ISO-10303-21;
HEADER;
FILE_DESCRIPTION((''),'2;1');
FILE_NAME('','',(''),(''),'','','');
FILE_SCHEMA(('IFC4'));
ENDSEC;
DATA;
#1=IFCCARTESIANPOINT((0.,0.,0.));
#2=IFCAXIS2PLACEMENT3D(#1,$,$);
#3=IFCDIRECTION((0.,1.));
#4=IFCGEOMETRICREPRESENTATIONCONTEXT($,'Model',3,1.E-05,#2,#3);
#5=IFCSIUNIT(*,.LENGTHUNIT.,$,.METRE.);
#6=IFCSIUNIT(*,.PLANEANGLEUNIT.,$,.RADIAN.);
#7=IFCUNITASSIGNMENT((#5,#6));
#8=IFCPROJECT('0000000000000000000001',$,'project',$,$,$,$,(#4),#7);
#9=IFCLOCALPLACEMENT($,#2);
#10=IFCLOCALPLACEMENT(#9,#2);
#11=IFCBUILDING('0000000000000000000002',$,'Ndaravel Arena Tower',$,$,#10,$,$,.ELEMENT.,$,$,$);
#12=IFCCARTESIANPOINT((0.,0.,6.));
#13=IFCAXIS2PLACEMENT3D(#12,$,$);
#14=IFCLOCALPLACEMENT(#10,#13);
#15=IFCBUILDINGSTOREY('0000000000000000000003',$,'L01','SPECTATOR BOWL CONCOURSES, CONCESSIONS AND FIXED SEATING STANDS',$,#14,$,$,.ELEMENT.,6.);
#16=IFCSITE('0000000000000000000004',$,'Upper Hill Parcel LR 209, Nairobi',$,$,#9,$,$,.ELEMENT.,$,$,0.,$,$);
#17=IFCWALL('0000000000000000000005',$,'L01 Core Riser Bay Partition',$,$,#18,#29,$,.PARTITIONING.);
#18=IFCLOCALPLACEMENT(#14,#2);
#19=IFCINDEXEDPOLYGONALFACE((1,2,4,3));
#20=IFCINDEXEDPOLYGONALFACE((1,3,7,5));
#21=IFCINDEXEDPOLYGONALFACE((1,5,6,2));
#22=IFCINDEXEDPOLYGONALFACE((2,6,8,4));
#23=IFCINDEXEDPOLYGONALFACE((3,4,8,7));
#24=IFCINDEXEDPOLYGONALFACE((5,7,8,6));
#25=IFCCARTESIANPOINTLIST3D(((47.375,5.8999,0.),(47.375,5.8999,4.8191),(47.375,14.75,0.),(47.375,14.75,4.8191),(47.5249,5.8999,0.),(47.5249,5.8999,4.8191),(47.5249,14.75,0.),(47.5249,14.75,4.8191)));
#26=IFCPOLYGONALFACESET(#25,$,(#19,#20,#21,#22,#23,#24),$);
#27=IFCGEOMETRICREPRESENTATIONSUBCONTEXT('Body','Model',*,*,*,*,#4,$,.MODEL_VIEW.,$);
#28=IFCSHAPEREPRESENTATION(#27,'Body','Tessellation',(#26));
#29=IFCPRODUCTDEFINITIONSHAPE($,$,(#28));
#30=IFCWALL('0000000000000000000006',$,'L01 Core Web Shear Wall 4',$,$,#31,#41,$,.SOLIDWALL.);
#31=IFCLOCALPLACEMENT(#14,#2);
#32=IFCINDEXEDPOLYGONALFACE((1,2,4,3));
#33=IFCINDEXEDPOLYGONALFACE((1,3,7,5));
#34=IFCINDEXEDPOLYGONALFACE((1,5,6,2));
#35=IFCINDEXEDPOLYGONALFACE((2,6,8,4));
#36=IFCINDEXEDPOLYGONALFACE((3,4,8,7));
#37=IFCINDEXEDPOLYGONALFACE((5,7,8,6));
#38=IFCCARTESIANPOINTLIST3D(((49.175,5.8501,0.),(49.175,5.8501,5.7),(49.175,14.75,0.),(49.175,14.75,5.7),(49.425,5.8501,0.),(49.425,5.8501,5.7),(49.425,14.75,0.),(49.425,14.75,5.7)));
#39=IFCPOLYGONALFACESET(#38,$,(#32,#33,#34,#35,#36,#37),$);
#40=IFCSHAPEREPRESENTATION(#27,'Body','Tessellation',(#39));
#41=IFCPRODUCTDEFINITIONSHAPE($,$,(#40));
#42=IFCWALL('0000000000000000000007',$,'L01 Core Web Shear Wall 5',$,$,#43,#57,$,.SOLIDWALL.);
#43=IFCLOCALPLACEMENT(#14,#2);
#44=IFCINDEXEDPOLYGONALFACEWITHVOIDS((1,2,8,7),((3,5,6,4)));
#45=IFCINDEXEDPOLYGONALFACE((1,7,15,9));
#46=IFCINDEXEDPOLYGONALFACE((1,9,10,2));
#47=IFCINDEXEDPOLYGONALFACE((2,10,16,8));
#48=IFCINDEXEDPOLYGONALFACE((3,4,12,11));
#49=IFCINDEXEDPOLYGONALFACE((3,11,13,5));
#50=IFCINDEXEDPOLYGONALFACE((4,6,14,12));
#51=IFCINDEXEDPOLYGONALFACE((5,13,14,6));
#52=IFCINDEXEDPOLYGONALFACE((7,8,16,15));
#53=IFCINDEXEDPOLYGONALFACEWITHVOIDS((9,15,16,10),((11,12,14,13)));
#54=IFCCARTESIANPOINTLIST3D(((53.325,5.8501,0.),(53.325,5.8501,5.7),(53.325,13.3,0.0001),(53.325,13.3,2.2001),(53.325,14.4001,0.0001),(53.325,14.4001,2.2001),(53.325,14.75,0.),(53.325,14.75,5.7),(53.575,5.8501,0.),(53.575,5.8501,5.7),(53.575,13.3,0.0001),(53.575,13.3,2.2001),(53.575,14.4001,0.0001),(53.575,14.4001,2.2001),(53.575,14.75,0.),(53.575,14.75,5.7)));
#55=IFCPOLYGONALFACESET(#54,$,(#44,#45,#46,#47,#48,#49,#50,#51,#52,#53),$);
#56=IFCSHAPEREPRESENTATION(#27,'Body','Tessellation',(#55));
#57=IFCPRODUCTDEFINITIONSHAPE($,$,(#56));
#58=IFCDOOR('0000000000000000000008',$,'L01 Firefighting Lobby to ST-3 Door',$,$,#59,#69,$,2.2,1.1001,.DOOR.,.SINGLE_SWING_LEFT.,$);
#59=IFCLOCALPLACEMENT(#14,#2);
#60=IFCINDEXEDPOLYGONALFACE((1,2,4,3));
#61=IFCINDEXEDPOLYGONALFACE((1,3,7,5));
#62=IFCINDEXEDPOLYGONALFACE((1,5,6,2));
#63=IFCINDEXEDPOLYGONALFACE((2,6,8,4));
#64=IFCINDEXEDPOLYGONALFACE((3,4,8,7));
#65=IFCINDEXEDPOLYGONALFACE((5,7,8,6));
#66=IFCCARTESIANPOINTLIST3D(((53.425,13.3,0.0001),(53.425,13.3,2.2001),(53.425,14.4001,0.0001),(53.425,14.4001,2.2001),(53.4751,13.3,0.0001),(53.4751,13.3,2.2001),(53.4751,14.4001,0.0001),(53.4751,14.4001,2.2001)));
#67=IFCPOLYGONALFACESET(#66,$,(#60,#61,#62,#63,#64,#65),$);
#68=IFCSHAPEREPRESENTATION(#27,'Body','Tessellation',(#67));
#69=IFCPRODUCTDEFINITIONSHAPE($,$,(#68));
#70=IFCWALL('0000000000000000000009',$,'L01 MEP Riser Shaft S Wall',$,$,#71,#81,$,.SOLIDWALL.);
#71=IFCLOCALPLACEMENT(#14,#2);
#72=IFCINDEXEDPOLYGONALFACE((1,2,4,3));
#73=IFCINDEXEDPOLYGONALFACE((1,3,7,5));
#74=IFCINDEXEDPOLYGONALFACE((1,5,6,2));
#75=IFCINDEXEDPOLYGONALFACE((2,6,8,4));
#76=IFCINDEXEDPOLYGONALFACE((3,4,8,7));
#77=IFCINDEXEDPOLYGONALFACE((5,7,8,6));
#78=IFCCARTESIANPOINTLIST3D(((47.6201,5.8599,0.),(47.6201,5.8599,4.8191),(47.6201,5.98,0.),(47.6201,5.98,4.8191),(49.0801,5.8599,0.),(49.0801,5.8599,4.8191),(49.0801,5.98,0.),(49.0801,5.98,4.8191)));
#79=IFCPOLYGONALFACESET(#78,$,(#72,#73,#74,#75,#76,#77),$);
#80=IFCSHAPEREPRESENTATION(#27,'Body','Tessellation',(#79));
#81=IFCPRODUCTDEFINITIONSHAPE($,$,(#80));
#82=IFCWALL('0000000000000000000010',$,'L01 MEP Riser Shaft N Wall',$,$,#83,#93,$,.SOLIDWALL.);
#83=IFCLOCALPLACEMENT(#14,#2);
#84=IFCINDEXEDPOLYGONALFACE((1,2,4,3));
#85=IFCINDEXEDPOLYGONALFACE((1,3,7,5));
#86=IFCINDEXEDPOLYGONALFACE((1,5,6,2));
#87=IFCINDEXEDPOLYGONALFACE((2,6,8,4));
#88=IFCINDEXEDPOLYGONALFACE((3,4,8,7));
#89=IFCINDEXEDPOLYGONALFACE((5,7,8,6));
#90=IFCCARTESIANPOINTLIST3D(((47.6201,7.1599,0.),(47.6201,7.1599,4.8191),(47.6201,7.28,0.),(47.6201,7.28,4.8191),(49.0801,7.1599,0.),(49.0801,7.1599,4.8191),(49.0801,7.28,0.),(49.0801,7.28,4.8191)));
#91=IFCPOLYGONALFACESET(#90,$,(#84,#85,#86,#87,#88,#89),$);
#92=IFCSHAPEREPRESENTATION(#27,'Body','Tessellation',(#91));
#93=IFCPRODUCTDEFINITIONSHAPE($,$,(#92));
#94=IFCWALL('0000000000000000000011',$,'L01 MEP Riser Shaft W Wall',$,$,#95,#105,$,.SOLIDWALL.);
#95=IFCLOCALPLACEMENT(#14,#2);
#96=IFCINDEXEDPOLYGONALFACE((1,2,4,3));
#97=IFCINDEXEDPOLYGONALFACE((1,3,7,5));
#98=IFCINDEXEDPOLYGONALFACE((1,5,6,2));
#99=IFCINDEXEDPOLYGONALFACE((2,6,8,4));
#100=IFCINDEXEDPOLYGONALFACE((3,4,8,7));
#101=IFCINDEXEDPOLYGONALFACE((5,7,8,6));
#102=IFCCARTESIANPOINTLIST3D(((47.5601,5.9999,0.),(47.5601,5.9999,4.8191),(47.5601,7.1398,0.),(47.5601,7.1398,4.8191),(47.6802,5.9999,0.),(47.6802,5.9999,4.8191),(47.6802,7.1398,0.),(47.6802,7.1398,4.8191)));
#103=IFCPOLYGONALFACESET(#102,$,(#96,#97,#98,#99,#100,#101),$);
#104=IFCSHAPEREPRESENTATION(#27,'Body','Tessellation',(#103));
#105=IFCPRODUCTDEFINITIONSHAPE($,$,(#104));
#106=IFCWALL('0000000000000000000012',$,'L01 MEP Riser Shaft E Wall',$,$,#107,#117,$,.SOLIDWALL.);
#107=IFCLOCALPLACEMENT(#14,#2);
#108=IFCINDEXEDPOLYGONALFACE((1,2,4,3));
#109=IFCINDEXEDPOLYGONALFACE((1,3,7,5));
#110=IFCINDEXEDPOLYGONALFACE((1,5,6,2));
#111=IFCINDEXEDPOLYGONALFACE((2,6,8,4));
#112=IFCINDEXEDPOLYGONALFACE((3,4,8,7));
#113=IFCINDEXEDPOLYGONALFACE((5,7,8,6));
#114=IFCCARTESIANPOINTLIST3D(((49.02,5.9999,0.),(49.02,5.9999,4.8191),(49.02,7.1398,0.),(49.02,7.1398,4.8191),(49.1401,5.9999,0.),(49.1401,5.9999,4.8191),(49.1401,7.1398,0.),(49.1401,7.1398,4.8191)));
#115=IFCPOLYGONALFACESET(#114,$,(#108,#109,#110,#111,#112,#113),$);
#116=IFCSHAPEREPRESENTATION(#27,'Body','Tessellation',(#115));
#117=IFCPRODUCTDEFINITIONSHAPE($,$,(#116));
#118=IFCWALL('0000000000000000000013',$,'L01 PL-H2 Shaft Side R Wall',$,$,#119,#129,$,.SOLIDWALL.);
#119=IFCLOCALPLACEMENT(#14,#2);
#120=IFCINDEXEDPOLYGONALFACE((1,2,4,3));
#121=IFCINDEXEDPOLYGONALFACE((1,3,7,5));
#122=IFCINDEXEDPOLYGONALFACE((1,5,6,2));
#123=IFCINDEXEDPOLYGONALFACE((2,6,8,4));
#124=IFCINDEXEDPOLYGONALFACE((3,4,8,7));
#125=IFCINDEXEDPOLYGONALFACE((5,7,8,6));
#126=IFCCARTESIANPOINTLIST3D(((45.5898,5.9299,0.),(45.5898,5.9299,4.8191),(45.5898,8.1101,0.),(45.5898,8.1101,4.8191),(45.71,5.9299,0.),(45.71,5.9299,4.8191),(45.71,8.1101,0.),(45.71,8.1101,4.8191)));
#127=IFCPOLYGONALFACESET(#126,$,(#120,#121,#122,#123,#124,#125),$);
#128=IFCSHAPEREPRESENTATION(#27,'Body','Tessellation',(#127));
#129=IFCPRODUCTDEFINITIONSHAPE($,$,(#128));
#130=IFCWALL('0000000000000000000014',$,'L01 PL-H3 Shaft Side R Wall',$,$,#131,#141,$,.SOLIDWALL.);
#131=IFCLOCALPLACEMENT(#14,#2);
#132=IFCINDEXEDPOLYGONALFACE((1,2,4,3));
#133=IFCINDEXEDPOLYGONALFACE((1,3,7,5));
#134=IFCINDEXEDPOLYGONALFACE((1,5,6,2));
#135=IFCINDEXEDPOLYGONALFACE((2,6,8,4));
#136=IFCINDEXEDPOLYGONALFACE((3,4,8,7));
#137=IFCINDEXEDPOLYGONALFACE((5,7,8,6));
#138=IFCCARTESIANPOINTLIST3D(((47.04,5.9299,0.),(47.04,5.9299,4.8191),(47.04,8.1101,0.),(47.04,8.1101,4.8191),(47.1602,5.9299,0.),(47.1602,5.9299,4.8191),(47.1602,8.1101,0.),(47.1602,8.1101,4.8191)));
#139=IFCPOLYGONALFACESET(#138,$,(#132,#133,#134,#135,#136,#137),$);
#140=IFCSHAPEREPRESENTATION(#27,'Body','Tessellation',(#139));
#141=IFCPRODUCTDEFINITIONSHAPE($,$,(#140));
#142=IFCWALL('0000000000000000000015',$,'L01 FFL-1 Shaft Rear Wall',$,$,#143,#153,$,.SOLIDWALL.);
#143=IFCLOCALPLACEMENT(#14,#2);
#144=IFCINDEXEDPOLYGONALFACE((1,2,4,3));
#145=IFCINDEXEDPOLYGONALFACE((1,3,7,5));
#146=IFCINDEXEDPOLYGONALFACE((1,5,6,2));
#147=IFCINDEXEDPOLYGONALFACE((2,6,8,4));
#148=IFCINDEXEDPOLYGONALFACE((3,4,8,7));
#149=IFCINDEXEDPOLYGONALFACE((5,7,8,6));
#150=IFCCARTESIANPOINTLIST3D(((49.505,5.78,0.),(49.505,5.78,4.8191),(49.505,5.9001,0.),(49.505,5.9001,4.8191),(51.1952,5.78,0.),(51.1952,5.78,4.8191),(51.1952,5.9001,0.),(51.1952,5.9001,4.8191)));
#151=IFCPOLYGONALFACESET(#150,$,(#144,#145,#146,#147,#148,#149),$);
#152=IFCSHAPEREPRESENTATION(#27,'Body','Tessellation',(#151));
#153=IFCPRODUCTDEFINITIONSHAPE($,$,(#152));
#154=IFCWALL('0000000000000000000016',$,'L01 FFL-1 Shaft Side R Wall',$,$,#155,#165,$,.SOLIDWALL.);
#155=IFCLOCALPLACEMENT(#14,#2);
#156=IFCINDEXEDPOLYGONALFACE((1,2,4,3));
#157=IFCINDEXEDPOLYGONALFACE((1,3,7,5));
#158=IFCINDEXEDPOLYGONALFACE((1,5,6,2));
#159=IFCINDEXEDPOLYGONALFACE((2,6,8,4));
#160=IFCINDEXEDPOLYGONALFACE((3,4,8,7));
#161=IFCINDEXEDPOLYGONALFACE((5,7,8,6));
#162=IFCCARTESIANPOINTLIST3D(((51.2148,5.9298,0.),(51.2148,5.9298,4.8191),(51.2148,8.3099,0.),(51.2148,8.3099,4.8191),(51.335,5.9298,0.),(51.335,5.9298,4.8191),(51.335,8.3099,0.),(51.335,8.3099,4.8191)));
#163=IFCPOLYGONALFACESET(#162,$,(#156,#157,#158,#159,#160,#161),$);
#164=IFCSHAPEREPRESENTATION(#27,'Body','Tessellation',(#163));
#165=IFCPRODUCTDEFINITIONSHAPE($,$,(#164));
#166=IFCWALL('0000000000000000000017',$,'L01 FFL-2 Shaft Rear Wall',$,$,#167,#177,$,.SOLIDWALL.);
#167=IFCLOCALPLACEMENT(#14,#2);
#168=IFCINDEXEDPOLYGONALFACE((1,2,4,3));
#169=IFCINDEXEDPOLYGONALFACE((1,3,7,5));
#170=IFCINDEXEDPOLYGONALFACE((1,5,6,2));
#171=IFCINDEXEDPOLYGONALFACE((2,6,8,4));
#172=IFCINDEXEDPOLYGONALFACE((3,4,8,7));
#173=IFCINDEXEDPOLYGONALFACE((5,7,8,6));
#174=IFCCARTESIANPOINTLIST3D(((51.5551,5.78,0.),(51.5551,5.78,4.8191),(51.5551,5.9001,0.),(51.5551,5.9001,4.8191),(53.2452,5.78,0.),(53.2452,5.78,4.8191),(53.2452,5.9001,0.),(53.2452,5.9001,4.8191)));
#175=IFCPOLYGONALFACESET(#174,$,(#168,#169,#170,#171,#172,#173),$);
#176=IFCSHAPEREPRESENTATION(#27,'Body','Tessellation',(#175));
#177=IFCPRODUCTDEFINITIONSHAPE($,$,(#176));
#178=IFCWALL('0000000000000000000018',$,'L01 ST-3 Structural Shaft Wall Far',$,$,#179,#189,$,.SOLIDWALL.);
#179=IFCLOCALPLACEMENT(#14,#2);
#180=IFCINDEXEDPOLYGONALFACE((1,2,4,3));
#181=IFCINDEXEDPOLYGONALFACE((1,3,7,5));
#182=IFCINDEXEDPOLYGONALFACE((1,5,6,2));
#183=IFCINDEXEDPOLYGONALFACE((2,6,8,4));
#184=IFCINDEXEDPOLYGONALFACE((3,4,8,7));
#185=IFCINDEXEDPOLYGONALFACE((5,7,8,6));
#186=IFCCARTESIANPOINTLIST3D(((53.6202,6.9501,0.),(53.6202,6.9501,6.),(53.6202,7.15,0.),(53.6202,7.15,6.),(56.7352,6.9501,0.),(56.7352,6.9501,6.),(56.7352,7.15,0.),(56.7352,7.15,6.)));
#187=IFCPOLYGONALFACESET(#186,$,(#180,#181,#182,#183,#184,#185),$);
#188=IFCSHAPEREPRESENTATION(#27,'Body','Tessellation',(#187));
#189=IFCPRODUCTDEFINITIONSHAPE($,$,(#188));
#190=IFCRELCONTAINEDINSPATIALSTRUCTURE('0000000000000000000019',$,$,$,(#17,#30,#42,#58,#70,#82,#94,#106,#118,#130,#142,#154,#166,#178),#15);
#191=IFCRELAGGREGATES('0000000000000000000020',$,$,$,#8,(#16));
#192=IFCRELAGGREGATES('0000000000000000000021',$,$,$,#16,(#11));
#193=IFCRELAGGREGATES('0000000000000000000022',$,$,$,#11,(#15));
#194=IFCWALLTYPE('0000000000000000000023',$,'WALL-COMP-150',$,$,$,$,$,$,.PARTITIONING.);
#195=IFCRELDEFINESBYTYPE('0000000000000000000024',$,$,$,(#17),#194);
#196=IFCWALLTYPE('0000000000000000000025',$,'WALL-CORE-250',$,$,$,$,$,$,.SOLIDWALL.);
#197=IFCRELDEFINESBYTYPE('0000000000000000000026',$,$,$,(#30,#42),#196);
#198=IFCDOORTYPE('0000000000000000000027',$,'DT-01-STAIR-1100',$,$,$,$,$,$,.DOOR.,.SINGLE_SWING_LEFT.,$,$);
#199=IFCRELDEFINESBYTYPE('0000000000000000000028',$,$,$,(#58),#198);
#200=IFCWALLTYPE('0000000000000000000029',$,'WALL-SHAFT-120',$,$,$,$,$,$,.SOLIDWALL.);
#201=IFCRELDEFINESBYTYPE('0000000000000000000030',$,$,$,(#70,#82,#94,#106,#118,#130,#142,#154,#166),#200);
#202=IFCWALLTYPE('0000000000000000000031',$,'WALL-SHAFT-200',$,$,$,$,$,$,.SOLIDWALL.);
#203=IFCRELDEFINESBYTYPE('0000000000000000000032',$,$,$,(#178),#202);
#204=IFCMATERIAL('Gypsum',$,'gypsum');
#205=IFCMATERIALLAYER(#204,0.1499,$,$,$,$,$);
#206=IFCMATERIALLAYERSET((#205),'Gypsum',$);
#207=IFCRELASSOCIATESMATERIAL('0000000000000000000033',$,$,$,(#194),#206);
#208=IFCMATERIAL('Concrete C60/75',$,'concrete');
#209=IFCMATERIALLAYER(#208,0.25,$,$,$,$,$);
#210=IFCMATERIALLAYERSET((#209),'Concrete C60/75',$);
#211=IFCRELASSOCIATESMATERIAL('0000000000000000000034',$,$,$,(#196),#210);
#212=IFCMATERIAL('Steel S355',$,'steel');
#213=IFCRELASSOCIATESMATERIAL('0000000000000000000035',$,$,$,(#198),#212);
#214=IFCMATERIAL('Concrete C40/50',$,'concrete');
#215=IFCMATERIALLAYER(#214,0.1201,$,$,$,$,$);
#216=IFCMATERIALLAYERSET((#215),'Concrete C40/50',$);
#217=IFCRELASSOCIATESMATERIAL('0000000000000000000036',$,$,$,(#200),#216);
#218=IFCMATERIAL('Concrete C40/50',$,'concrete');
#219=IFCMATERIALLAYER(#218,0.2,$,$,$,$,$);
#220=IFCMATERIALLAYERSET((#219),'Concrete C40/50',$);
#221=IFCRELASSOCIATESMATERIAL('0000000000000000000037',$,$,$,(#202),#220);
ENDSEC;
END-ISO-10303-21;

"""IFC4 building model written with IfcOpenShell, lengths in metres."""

from ifc_helpers import new_model, si_unit, direction, frame, frame_2d, origin, place, context, subcontext, project, spatial, rectangle, extrude, material, layer, layer_set, type_object, element, fill, save


model = new_model("IFC4")

# Units and contexts
model_context = context("Model", 3, precision=1e-05, world=origin(), true_north=direction((0.0, 1.0)))
body_context = subcontext(model_context, "Body", "Model", "MODEL_VIEW")
ifc_project = project(units=[si_unit("LENGTHUNIT", "METRE"), si_unit("PLANEANGLEUNIT", "RADIAN")], contexts=[model_context])

# Site, building, storey
site_placement = place(None, origin())
site = spatial("IfcSite", under=ifc_project, at=site_placement, Name="Upper Hill Parcel LR 209, Nairobi", CompositionType="ELEMENT", RefElevation=0.0)
building_placement = place(site_placement, origin())
building = spatial("IfcBuilding", under=site, at=building_placement, Name="Ndaravel Arena Tower", CompositionType="ELEMENT")
storey_placement = place(building_placement, frame((0.0, 0.0, 6.0)))
storey = spatial("IfcBuildingStorey", under=building, at=storey_placement, Name="L01", Description="SPECTATOR BOWL CONCOURSES, CONCESSIONS AND FIXED SEATING STANDS", CompositionType="ELEMENT", Elevation=6.0)

# Walls
ifc_material_1 = material(Name="Gypsum", Category="gypsum")
ifc_layer_1 = layer(ifc_material_1, 0.1499)
ifc_layer_set_1 = layer_set([ifc_layer_1], Name="Gypsum")
wall_type_1 = type_object("IfcWallType", Name="WALL-COMP-150", PredefinedType="PARTITIONING", material=ifc_layer_set_1)
wall_1_placement = place(storey_placement, frame((47.45, 5.8999, 0.0), z_axis=(0.0, 0.0, 1.0), x_axis=(0.0, 1.0, 0.0)))
element("IfcWall", 1, at=wall_1_placement, inside=storey, type_object=wall_type_1, Name="L01 Core Riser Bay Partition", PredefinedType="PARTITIONING", context=body_context, shape_type="SweptSolid", body=[
    extrude(rectangle(XDim=8.8501, YDim=0.1499, at=frame_2d((4.425, 0.0))), origin(), (0.0, 0.0, 1.0), 4.8191),
])
ifc_material_2 = material(Name="Concrete C60/75", Category="concrete")
ifc_layer_2 = layer(ifc_material_2, 0.25)
ifc_layer_set_2 = layer_set([ifc_layer_2], Name="Concrete C60/75")
wall_type_2 = type_object("IfcWallType", Name="WALL-CORE-250", PredefinedType="SOLIDWALL", material=ifc_layer_set_2)
wall_2_placement = place(storey_placement, frame((49.3, 5.8501, 0.0), z_axis=(0.0, 0.0, 1.0), x_axis=(0.0, 1.0, 0.0)))
element("IfcWall", 2, at=wall_2_placement, inside=storey, type_object=wall_type_2, Name="L01 Core Web Shear Wall 4", PredefinedType="SOLIDWALL", context=body_context, shape_type="SweptSolid", body=[
    extrude(rectangle(XDim=8.8999, YDim=0.25, at=frame_2d((4.45, 0.0))), origin(), (0.0, 0.0, 1.0), 5.7),
])

# Wall, opening, door
wall_3_placement = place(storey_placement, frame((53.45, 5.8501, 0.0), z_axis=(0.0, 0.0, 1.0), x_axis=(0.0, 1.0, 0.0)))
wall_3 = element("IfcWall", 3, at=wall_3_placement, inside=storey, type_object=wall_type_2, Name="L01 Core Web Shear Wall 5", PredefinedType="SOLIDWALL", context=body_context, shape_type="SweptSolid", body=[
    extrude(rectangle(XDim=8.8999, YDim=0.25, at=frame_2d((4.45, 0.0))), origin(), (0.0, 0.0, 1.0), 5.7),
])
opening_1_placement = place(wall_3_placement, frame((7.45, 0.0, 0.0)))
opening_1 = element("IfcOpeningElement", 4, at=opening_1_placement, cuts=wall_3, PredefinedType="OPENING", context=body_context, shape_type="SweptSolid", body=[
    extrude(rectangle(XDim=1.1001, YDim=2.2, at=frame_2d((0.55, 1.1001))), frame((0.0, 0.125, 0.0), z_axis=(0.0, -1.0, 0.0), x_axis=(1.0, 0.0, 0.0)), (0.0, 0.0, 1.0), 0.25),
])
ifc_material_3 = material(Name="Steel S355", Category="steel")
door_type_1 = type_object("IfcDoorType", Name="DT-01-STAIR-1100", OperationType="SINGLE_SWING_LEFT", PredefinedType="DOOR", material=ifc_material_3)
door_1_placement = place(opening_1_placement, origin())
door_1 = element("IfcDoor", 5, at=door_1_placement, inside=storey, type_object=door_type_1, Name="L01 Firefighting Lobby to ST-3 Door", OperationType="SINGLE_SWING_LEFT", OverallHeight=2.2, OverallWidth=1.1001, PredefinedType="DOOR", context=body_context, shape_type="SweptSolid", body=[
    extrude(rectangle(XDim=1.1001, YDim=2.2, at=frame_2d((0.55, 1.1001))), frame((0.0, 0.0249, 0.0), z_axis=(0.0, -1.0, 0.0), x_axis=(1.0, 0.0, 0.0)), (0.0, 0.0, 1.0), 0.05),
])
fill(opening_1, door_1)

# Walls
ifc_material_4 = material(Name="Concrete C40/50", Category="concrete")
ifc_layer_3 = layer(ifc_material_4, 0.1201)
ifc_layer_set_3 = layer_set([ifc_layer_3], Name="Concrete C40/50")
wall_type_3 = type_object("IfcWallType", Name="WALL-SHAFT-120", PredefinedType="SOLIDWALL", material=ifc_layer_set_3)
for number, where, z_axis, x_axis, name in (
    (6, (47.6201, 5.9199, 0.0), (0.0, 0.0, 1.0), (1.0, 0.0, 0.0), "L01 MEP Riser Shaft S Wall"),
    (7, (47.6201, 7.22, 0.0), (0.0, 0.0, 1.0), (1.0, 0.0, 0.0), "L01 MEP Riser Shaft N Wall"),
):
    element("IfcWall", number, at=place(storey_placement, frame(where, z_axis=z_axis, x_axis=x_axis)), inside=storey, type_object=wall_type_3, Name=name, PredefinedType="SOLIDWALL", context=body_context, shape_type="SweptSolid", body=[
        extrude(rectangle(XDim=1.46, YDim=0.1201, at=frame_2d((0.73, 0.0))), origin(), (0.0, 0.0, 1.0), 4.8191),
    ])
for number, where, z_axis, x_axis, name in (
    (8, (47.6201, 6.0, 0.0), (0.0, 0.0, 1.0), (0.0, 1.0, 0.0), "L01 MEP Riser Shaft W Wall"),
    (9, (49.0801, 6.0, 0.0), (0.0, 0.0, 1.0), (0.0, 1.0, 0.0), "L01 MEP Riser Shaft E Wall"),
):
    element("IfcWall", number, at=place(storey_placement, frame(where, z_axis=z_axis, x_axis=x_axis)), inside=storey, type_object=wall_type_3, Name=name, PredefinedType="SOLIDWALL", context=body_context, shape_type="SweptSolid", body=[
        extrude(rectangle(XDim=1.1399, YDim=0.1201, at=frame_2d((0.5698, 0.0))), origin(), (0.0, 0.0, 1.0), 4.8191),
    ])
for number, where, z_axis, x_axis, name in (
    (10, (45.6499, 5.9299, 0.0), (0.0, 0.0, 1.0), (0.0, 1.0, 0.0), "L01 PL-H2 Shaft Side R Wall"),
    (11, (47.1001, 5.9299, 0.0), (0.0, 0.0, 1.0), (0.0, 1.0, 0.0), "L01 PL-H3 Shaft Side R Wall"),
):
    element("IfcWall", number, at=place(storey_placement, frame(where, z_axis=z_axis, x_axis=x_axis)), inside=storey, type_object=wall_type_3, Name=name, PredefinedType="SOLIDWALL", context=body_context, shape_type="SweptSolid", body=[
        extrude(rectangle(XDim=2.1802, YDim=0.1201, at=frame_2d((1.0901, 0.0))), origin(), (0.0, 0.0, 1.0), 4.8191),
    ])
wall_4_placement = place(storey_placement, frame((49.5049, 5.8401, 0.0), z_axis=(0.0, 0.0, 1.0), x_axis=(1.0, 0.0, 0.0)))
element("IfcWall", 12, at=wall_4_placement, inside=storey, type_object=wall_type_3, Name="L01 FFL-1 Shaft Rear Wall", PredefinedType="SOLIDWALL", context=body_context, shape_type="SweptSolid", body=[
    extrude(rectangle(XDim=1.6902, YDim=0.1201, at=frame_2d((0.8452, 0.0))), origin(), (0.0, 0.0, 1.0), 4.8191),
])
wall_5_placement = place(storey_placement, frame((51.2749, 5.9299, 0.0), z_axis=(0.0, 0.0, 1.0), x_axis=(0.0, 1.0, 0.0)))
element("IfcWall", 13, at=wall_5_placement, inside=storey, type_object=wall_type_3, Name="L01 FFL-1 Shaft Side R Wall", PredefinedType="SOLIDWALL", context=body_context, shape_type="SweptSolid", body=[
    extrude(rectangle(XDim=2.3801, YDim=0.1201, at=frame_2d((1.1899, 0.0))), origin(), (0.0, 0.0, 1.0), 4.8191),
])
wall_6_placement = place(storey_placement, frame((51.5549, 5.8401, 0.0), z_axis=(0.0, 0.0, 1.0), x_axis=(1.0, 0.0, 0.0)))
element("IfcWall", 14, at=wall_6_placement, inside=storey, type_object=wall_type_3, Name="L01 FFL-2 Shaft Rear Wall", PredefinedType="SOLIDWALL", context=body_context, shape_type="SweptSolid", body=[
    extrude(rectangle(XDim=1.6902, YDim=0.1201, at=frame_2d((0.8452, 0.0))), origin(), (0.0, 0.0, 1.0), 4.8191),
])
ifc_material_5 = material(Name="Concrete C40/50", Category="concrete")
ifc_layer_4 = layer(ifc_material_5, 0.2)
ifc_layer_set_4 = layer_set([ifc_layer_4], Name="Concrete C40/50")
wall_type_4 = type_object("IfcWallType", Name="WALL-SHAFT-200", PredefinedType="SOLIDWALL", material=ifc_layer_set_4)
wall_7_placement = place(storey_placement, frame((53.6201, 7.05, 0.0), z_axis=(0.0, 0.0, 1.0), x_axis=(1.0, 0.0, 0.0)))
element("IfcWall", 15, at=wall_7_placement, inside=storey, type_object=wall_type_4, Name="L01 ST-3 Structural Shaft Wall Far", PredefinedType="SOLIDWALL", context=body_context, shape_type="SweptSolid", body=[
    extrude(rectangle(XDim=3.115, YDim=0.2, at=frame_2d((1.5576, 0.0))), origin(), (0.0, 0.0, 1.0), 6.0),
])

save(model, "model.ifc")
